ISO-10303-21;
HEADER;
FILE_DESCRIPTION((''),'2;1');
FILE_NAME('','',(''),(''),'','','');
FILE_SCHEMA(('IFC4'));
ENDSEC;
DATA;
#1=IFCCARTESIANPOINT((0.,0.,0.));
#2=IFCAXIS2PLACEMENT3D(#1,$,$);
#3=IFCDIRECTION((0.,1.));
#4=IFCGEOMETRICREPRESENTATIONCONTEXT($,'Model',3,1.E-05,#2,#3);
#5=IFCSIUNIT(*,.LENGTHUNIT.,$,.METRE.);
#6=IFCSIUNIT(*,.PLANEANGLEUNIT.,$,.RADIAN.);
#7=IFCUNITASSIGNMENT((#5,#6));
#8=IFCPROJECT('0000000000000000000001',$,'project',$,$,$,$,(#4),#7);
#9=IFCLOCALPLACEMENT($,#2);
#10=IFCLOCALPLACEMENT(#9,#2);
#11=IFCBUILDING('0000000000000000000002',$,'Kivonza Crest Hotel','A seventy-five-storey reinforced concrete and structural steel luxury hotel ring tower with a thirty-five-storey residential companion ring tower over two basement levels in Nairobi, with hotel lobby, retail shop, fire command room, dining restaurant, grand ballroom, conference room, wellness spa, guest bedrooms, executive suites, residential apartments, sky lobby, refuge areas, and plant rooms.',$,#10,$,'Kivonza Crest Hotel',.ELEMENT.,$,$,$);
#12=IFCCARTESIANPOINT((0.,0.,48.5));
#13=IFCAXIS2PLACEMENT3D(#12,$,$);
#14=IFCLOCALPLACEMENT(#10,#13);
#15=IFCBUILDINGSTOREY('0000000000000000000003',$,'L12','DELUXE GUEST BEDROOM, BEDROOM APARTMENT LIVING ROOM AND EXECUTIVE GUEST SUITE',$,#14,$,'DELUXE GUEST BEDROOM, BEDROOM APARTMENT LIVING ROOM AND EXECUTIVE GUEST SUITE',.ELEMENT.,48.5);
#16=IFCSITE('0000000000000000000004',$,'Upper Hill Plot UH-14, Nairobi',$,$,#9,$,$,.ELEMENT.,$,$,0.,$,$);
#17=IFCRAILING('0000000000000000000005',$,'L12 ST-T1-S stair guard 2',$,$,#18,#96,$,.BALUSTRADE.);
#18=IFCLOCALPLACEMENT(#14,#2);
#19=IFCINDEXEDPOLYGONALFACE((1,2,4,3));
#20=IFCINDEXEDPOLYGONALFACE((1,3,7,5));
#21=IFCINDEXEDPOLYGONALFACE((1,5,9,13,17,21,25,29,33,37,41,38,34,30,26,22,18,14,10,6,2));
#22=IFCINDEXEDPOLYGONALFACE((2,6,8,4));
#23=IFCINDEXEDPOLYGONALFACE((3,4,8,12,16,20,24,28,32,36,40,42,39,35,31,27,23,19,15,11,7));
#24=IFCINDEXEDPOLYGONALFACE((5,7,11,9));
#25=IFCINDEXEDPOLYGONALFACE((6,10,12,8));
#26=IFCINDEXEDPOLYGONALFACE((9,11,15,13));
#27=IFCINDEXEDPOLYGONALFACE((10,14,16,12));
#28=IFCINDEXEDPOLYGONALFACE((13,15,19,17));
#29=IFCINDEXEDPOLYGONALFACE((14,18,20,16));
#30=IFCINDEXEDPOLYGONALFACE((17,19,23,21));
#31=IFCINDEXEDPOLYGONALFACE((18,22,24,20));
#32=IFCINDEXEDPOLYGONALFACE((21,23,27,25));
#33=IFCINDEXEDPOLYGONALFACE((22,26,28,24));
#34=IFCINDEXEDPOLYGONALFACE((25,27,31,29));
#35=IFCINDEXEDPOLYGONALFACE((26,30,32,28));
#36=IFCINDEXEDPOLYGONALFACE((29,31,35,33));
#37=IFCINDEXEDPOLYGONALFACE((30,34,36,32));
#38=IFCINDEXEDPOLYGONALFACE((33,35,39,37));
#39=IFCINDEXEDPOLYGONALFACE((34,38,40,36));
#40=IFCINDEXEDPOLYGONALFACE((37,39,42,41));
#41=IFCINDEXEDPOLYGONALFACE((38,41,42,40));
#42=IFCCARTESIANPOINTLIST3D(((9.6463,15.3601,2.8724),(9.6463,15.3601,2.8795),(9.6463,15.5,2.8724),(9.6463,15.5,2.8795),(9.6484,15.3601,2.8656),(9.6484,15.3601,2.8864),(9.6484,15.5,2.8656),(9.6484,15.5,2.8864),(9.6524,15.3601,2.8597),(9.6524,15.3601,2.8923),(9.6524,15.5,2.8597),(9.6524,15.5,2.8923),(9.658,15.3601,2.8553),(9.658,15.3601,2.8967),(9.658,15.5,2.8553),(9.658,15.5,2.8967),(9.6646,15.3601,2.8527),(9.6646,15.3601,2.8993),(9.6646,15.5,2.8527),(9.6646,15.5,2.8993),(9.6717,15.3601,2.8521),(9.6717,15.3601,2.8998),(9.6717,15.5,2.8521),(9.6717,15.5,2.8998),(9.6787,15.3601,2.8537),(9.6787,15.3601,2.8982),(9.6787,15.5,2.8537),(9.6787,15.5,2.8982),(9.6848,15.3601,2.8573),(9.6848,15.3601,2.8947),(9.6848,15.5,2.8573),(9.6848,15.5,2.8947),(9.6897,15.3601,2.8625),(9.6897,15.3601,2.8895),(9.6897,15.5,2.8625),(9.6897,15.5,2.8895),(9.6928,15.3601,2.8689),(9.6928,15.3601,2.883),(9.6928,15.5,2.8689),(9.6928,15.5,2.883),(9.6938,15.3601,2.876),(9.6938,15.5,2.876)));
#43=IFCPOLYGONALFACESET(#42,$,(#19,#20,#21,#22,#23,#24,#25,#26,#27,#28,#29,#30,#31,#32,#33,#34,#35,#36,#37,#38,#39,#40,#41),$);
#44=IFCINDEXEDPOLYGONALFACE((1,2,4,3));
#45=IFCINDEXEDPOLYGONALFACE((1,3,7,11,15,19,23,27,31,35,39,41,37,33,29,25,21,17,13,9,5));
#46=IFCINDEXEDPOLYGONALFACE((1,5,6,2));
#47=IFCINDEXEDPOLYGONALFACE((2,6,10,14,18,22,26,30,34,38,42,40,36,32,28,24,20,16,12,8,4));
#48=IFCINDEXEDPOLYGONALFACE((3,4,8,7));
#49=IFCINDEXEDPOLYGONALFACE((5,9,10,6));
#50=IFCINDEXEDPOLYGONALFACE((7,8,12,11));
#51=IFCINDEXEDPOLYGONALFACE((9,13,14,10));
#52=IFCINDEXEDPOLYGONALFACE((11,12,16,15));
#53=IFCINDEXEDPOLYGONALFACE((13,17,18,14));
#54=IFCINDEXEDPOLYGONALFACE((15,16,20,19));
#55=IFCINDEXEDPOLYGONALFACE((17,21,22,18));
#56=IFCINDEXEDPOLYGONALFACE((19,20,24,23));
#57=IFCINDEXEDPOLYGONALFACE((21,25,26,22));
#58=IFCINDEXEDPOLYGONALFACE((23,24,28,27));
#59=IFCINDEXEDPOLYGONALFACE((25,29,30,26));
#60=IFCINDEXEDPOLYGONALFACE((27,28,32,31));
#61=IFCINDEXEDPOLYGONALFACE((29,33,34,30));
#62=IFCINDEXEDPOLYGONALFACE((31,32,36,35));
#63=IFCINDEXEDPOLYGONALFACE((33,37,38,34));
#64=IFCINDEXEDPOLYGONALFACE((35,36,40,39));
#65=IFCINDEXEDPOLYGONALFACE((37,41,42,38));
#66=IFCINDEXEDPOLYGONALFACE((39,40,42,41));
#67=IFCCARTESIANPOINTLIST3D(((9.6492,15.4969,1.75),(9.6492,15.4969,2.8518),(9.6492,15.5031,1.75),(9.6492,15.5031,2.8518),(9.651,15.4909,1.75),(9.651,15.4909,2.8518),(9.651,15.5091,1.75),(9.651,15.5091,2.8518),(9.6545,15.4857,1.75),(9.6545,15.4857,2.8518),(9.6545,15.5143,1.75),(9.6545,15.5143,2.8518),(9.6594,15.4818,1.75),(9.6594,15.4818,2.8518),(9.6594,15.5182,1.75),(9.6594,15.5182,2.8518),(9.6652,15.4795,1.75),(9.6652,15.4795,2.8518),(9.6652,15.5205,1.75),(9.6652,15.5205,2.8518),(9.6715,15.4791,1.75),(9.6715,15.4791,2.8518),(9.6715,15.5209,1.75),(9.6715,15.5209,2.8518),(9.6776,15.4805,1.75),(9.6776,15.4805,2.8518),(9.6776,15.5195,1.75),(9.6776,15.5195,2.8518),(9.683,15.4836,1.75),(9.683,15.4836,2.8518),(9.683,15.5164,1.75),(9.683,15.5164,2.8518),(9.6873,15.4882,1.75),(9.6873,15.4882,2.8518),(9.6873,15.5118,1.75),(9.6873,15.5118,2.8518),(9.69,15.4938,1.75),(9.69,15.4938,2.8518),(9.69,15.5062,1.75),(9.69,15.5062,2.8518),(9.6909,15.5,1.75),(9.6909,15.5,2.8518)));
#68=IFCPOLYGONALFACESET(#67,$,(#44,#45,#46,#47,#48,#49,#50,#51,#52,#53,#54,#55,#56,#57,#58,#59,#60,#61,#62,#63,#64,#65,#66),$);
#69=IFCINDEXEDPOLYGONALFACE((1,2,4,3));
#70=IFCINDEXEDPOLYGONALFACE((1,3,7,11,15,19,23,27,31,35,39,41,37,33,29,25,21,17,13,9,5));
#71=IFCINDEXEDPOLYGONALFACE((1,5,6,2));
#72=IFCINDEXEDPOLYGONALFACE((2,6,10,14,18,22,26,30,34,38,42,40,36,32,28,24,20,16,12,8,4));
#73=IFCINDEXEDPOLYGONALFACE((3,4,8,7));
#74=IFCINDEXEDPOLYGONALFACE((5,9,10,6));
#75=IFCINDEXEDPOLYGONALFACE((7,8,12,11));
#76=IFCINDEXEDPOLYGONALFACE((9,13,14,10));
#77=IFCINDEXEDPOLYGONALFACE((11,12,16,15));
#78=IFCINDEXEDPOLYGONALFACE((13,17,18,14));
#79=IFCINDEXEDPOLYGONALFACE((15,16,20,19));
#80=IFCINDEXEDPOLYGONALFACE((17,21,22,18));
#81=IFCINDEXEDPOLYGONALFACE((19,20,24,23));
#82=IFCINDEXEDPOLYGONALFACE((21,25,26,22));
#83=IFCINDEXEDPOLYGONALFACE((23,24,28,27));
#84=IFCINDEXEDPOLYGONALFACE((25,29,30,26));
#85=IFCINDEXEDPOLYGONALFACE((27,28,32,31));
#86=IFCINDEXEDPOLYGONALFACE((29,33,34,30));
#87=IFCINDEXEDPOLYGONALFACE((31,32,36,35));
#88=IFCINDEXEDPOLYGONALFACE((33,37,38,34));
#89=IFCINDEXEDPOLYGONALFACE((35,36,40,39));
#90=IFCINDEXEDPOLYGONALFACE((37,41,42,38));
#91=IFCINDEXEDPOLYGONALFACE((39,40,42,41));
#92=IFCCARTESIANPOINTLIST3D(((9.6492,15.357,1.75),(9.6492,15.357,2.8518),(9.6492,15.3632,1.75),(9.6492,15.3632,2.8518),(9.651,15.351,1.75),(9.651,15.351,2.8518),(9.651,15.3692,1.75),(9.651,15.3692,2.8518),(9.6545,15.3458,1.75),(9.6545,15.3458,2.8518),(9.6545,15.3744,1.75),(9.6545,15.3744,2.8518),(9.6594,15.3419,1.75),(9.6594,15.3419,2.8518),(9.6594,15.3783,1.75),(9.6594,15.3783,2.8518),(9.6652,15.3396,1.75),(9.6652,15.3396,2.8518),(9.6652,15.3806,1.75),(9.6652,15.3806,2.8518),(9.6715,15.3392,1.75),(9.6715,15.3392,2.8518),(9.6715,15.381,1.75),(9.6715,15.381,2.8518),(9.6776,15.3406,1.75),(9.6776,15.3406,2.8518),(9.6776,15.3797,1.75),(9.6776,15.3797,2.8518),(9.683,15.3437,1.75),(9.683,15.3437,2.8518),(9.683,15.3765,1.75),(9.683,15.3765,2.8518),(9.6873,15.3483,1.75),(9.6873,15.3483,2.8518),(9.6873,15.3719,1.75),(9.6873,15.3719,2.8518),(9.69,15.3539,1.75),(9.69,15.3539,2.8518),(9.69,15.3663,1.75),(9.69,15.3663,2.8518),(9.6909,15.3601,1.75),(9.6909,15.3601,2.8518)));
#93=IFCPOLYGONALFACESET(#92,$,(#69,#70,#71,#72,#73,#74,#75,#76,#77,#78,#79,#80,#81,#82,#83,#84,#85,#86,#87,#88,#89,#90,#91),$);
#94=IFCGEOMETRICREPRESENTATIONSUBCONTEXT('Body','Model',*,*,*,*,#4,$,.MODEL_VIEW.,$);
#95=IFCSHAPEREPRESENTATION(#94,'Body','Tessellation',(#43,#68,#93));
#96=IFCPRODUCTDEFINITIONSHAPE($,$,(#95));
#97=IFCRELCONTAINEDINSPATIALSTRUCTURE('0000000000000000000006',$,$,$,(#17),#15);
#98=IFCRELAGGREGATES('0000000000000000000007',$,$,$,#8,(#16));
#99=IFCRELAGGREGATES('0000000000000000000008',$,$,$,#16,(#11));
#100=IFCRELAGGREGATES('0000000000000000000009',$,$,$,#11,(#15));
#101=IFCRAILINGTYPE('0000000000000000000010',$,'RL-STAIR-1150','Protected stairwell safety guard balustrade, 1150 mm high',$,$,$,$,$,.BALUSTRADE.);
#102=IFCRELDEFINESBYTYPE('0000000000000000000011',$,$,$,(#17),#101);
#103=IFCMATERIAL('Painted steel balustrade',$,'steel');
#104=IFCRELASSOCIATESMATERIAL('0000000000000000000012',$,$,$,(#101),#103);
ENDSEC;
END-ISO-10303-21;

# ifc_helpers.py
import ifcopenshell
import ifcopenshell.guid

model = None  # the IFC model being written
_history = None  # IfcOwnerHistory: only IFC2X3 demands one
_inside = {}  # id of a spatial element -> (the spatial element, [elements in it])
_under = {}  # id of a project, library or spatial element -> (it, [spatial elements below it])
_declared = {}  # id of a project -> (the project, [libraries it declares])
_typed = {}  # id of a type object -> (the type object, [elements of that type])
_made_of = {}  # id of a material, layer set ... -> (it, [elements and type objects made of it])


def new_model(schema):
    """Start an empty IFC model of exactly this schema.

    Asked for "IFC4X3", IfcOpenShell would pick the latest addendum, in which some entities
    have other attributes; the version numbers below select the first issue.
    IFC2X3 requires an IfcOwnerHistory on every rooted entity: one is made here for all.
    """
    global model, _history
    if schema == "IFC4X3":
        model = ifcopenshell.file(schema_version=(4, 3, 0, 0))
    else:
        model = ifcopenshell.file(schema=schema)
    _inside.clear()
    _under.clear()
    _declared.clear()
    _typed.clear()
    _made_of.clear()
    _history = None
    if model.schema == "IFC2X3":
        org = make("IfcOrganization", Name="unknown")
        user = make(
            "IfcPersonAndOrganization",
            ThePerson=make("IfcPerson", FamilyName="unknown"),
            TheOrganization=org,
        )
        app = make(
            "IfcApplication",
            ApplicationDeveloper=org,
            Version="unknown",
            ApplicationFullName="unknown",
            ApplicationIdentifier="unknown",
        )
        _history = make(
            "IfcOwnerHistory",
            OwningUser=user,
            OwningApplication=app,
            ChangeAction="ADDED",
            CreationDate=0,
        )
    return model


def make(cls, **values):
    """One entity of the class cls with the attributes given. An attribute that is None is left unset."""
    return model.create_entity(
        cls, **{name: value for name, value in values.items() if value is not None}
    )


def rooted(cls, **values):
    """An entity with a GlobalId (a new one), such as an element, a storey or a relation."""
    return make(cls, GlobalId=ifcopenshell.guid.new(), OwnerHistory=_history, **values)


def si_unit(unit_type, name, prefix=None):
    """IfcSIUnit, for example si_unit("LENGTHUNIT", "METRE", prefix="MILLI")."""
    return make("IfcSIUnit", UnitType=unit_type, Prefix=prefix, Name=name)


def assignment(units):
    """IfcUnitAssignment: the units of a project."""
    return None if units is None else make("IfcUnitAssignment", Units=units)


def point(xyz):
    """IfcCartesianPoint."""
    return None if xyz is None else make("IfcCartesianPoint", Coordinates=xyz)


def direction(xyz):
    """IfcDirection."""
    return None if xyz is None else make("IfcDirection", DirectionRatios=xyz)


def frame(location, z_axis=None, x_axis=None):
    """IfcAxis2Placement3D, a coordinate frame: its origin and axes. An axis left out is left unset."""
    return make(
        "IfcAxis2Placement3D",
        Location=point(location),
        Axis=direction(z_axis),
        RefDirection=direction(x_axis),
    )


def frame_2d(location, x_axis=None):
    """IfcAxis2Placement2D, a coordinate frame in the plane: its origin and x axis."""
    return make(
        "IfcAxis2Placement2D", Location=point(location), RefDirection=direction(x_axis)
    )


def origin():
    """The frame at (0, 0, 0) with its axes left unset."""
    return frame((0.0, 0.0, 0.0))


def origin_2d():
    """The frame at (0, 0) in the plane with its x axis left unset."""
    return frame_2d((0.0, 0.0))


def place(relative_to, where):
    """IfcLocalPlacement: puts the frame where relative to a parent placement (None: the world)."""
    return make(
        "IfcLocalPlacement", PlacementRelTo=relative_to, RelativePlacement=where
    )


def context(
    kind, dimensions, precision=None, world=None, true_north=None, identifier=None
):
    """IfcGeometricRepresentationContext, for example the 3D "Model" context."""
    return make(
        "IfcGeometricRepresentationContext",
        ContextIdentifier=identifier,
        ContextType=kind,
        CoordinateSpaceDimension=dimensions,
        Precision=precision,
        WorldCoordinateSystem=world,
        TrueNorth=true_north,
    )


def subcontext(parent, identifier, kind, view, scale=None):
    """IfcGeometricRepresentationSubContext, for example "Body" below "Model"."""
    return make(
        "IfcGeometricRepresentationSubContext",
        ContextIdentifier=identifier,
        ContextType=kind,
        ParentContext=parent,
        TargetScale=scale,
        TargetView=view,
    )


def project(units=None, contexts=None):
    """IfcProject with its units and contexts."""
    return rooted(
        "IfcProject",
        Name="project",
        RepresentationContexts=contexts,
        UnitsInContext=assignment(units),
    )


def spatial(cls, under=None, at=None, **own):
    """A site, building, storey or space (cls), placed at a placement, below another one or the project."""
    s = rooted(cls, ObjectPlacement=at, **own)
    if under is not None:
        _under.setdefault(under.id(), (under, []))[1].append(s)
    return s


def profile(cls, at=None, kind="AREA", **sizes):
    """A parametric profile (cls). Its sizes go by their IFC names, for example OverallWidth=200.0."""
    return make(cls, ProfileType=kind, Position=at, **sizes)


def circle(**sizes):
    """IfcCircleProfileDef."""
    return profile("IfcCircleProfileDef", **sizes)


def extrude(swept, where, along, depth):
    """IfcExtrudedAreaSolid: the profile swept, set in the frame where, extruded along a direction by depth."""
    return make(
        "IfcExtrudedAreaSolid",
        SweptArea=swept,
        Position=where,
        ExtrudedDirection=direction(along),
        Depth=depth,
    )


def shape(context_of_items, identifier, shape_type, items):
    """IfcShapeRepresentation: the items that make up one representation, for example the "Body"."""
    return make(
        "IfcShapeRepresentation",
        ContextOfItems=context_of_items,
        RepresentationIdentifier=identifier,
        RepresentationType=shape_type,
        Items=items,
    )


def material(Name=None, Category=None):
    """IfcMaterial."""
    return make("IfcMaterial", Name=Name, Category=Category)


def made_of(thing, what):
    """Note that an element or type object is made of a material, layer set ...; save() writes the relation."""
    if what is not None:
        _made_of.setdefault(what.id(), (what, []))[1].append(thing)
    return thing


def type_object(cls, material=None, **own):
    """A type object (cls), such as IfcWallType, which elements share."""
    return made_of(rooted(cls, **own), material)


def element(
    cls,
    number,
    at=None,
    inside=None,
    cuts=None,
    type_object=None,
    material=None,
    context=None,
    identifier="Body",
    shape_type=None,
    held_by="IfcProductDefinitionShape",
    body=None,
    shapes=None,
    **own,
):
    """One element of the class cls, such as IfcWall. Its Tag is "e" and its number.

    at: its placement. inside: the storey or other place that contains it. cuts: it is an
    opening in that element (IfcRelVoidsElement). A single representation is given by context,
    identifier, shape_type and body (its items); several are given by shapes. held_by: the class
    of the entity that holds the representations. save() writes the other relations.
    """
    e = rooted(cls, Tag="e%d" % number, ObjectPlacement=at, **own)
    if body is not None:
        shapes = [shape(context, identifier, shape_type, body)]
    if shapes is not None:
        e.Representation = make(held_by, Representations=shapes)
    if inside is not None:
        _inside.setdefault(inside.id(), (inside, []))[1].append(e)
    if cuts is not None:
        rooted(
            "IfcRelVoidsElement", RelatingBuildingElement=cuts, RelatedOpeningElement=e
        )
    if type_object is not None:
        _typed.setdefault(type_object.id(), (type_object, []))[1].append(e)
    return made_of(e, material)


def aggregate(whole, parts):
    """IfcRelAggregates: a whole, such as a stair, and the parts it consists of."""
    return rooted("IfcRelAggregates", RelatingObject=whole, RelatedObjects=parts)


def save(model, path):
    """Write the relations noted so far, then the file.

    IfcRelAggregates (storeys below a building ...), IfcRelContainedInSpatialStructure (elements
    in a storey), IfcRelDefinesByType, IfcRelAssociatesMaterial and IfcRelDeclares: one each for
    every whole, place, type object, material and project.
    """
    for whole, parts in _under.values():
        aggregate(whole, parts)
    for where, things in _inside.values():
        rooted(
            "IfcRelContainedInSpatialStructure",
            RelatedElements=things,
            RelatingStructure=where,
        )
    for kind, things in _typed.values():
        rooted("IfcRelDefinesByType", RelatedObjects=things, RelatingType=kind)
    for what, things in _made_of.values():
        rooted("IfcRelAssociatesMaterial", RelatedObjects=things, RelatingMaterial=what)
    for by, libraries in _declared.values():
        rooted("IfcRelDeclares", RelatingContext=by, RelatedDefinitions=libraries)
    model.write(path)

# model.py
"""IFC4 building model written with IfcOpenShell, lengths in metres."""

from ifc_helpers import new_model, si_unit, direction, frame, origin, origin_2d, place, context, subcontext, project, spatial, circle, extrude, material, type_object, element, save


model = new_model("IFC4")

# Units and contexts
model_context = context("Model", 3, precision=1e-05, world=origin(), true_north=direction((0.0, 1.0)))
body_context = subcontext(model_context, "Body", "Model", "MODEL_VIEW")
ifc_project = project(units=[si_unit("LENGTHUNIT", "METRE"), si_unit("PLANEANGLEUNIT", "RADIAN")], contexts=[model_context])

# Site, building, storey
site_placement = place(None, origin())
site = spatial("IfcSite", under=ifc_project, at=site_placement, Name="Upper Hill Plot UH-14, Nairobi", CompositionType="ELEMENT", RefElevation=0.0)
building_placement = place(site_placement, origin())
building = spatial("IfcBuilding", under=site, at=building_placement, Name="Kivonza Crest Hotel", Description="A seventy-five-storey reinforced concrete and structural steel luxury hotel ring tower with a thirty-five-storey residential companion ring tower over two basement levels in Nairobi, with hotel lobby, retail shop, fire command room, dining restaurant, grand ballroom, conference room, wellness spa, guest bedrooms, executive suites, residential apartments, sky lobby, refuge areas, and plant rooms.", LongName="Kivonza Crest Hotel", CompositionType="ELEMENT")
storey_placement = place(building_placement, frame((0.0, 0.0, 48.5)))
storey = spatial("IfcBuildingStorey", under=building, at=storey_placement, Name="L12", Description="DELUXE GUEST BEDROOM, BEDROOM APARTMENT LIVING ROOM AND EXECUTIVE GUEST SUITE", LongName="DELUXE GUEST BEDROOM, BEDROOM APARTMENT LIVING ROOM AND EXECUTIVE GUEST SUITE", CompositionType="ELEMENT", Elevation=48.5)

# Railing
ifc_material_1 = material(Name="Painted steel balustrade", Category="steel")
railing_type_1 = type_object("IfcRailingType", Name="RL-STAIR-1150", Description="Protected stairwell safety guard balustrade, 1150 mm high", PredefinedType="BALUSTRADE", material=ifc_material_1)
railing_1_placement = place(storey_placement, frame((9.6699, 15.5, 1.75)))
element("IfcRailing", 1, at=railing_1_placement, inside=storey, type_object=railing_type_1, Name="L12 ST-T1-S stair guard 2", PredefinedType="BALUSTRADE", context=body_context, shape_type="SweptSolid", body=[
    extrude(circle(Radius=0.0239, at=origin_2d()), frame((0.0, 0.0, 1.126), z_axis=(0.0, -1.0, 0.0), x_axis=(1.0, 0.0, 0.0)), (0.0, 0.0, 1.0), 0.1399),
    extrude(circle(Radius=0.021, at=origin_2d()), origin(), (0.0, 0.0, 1.0), 1.1018),
    extrude(circle(Radius=0.021, at=origin_2d()), frame((0.0, -0.1399, 0.0)), (0.0, 0.0, 1.0), 1.1018),
])

save(model, "model.ifc")
